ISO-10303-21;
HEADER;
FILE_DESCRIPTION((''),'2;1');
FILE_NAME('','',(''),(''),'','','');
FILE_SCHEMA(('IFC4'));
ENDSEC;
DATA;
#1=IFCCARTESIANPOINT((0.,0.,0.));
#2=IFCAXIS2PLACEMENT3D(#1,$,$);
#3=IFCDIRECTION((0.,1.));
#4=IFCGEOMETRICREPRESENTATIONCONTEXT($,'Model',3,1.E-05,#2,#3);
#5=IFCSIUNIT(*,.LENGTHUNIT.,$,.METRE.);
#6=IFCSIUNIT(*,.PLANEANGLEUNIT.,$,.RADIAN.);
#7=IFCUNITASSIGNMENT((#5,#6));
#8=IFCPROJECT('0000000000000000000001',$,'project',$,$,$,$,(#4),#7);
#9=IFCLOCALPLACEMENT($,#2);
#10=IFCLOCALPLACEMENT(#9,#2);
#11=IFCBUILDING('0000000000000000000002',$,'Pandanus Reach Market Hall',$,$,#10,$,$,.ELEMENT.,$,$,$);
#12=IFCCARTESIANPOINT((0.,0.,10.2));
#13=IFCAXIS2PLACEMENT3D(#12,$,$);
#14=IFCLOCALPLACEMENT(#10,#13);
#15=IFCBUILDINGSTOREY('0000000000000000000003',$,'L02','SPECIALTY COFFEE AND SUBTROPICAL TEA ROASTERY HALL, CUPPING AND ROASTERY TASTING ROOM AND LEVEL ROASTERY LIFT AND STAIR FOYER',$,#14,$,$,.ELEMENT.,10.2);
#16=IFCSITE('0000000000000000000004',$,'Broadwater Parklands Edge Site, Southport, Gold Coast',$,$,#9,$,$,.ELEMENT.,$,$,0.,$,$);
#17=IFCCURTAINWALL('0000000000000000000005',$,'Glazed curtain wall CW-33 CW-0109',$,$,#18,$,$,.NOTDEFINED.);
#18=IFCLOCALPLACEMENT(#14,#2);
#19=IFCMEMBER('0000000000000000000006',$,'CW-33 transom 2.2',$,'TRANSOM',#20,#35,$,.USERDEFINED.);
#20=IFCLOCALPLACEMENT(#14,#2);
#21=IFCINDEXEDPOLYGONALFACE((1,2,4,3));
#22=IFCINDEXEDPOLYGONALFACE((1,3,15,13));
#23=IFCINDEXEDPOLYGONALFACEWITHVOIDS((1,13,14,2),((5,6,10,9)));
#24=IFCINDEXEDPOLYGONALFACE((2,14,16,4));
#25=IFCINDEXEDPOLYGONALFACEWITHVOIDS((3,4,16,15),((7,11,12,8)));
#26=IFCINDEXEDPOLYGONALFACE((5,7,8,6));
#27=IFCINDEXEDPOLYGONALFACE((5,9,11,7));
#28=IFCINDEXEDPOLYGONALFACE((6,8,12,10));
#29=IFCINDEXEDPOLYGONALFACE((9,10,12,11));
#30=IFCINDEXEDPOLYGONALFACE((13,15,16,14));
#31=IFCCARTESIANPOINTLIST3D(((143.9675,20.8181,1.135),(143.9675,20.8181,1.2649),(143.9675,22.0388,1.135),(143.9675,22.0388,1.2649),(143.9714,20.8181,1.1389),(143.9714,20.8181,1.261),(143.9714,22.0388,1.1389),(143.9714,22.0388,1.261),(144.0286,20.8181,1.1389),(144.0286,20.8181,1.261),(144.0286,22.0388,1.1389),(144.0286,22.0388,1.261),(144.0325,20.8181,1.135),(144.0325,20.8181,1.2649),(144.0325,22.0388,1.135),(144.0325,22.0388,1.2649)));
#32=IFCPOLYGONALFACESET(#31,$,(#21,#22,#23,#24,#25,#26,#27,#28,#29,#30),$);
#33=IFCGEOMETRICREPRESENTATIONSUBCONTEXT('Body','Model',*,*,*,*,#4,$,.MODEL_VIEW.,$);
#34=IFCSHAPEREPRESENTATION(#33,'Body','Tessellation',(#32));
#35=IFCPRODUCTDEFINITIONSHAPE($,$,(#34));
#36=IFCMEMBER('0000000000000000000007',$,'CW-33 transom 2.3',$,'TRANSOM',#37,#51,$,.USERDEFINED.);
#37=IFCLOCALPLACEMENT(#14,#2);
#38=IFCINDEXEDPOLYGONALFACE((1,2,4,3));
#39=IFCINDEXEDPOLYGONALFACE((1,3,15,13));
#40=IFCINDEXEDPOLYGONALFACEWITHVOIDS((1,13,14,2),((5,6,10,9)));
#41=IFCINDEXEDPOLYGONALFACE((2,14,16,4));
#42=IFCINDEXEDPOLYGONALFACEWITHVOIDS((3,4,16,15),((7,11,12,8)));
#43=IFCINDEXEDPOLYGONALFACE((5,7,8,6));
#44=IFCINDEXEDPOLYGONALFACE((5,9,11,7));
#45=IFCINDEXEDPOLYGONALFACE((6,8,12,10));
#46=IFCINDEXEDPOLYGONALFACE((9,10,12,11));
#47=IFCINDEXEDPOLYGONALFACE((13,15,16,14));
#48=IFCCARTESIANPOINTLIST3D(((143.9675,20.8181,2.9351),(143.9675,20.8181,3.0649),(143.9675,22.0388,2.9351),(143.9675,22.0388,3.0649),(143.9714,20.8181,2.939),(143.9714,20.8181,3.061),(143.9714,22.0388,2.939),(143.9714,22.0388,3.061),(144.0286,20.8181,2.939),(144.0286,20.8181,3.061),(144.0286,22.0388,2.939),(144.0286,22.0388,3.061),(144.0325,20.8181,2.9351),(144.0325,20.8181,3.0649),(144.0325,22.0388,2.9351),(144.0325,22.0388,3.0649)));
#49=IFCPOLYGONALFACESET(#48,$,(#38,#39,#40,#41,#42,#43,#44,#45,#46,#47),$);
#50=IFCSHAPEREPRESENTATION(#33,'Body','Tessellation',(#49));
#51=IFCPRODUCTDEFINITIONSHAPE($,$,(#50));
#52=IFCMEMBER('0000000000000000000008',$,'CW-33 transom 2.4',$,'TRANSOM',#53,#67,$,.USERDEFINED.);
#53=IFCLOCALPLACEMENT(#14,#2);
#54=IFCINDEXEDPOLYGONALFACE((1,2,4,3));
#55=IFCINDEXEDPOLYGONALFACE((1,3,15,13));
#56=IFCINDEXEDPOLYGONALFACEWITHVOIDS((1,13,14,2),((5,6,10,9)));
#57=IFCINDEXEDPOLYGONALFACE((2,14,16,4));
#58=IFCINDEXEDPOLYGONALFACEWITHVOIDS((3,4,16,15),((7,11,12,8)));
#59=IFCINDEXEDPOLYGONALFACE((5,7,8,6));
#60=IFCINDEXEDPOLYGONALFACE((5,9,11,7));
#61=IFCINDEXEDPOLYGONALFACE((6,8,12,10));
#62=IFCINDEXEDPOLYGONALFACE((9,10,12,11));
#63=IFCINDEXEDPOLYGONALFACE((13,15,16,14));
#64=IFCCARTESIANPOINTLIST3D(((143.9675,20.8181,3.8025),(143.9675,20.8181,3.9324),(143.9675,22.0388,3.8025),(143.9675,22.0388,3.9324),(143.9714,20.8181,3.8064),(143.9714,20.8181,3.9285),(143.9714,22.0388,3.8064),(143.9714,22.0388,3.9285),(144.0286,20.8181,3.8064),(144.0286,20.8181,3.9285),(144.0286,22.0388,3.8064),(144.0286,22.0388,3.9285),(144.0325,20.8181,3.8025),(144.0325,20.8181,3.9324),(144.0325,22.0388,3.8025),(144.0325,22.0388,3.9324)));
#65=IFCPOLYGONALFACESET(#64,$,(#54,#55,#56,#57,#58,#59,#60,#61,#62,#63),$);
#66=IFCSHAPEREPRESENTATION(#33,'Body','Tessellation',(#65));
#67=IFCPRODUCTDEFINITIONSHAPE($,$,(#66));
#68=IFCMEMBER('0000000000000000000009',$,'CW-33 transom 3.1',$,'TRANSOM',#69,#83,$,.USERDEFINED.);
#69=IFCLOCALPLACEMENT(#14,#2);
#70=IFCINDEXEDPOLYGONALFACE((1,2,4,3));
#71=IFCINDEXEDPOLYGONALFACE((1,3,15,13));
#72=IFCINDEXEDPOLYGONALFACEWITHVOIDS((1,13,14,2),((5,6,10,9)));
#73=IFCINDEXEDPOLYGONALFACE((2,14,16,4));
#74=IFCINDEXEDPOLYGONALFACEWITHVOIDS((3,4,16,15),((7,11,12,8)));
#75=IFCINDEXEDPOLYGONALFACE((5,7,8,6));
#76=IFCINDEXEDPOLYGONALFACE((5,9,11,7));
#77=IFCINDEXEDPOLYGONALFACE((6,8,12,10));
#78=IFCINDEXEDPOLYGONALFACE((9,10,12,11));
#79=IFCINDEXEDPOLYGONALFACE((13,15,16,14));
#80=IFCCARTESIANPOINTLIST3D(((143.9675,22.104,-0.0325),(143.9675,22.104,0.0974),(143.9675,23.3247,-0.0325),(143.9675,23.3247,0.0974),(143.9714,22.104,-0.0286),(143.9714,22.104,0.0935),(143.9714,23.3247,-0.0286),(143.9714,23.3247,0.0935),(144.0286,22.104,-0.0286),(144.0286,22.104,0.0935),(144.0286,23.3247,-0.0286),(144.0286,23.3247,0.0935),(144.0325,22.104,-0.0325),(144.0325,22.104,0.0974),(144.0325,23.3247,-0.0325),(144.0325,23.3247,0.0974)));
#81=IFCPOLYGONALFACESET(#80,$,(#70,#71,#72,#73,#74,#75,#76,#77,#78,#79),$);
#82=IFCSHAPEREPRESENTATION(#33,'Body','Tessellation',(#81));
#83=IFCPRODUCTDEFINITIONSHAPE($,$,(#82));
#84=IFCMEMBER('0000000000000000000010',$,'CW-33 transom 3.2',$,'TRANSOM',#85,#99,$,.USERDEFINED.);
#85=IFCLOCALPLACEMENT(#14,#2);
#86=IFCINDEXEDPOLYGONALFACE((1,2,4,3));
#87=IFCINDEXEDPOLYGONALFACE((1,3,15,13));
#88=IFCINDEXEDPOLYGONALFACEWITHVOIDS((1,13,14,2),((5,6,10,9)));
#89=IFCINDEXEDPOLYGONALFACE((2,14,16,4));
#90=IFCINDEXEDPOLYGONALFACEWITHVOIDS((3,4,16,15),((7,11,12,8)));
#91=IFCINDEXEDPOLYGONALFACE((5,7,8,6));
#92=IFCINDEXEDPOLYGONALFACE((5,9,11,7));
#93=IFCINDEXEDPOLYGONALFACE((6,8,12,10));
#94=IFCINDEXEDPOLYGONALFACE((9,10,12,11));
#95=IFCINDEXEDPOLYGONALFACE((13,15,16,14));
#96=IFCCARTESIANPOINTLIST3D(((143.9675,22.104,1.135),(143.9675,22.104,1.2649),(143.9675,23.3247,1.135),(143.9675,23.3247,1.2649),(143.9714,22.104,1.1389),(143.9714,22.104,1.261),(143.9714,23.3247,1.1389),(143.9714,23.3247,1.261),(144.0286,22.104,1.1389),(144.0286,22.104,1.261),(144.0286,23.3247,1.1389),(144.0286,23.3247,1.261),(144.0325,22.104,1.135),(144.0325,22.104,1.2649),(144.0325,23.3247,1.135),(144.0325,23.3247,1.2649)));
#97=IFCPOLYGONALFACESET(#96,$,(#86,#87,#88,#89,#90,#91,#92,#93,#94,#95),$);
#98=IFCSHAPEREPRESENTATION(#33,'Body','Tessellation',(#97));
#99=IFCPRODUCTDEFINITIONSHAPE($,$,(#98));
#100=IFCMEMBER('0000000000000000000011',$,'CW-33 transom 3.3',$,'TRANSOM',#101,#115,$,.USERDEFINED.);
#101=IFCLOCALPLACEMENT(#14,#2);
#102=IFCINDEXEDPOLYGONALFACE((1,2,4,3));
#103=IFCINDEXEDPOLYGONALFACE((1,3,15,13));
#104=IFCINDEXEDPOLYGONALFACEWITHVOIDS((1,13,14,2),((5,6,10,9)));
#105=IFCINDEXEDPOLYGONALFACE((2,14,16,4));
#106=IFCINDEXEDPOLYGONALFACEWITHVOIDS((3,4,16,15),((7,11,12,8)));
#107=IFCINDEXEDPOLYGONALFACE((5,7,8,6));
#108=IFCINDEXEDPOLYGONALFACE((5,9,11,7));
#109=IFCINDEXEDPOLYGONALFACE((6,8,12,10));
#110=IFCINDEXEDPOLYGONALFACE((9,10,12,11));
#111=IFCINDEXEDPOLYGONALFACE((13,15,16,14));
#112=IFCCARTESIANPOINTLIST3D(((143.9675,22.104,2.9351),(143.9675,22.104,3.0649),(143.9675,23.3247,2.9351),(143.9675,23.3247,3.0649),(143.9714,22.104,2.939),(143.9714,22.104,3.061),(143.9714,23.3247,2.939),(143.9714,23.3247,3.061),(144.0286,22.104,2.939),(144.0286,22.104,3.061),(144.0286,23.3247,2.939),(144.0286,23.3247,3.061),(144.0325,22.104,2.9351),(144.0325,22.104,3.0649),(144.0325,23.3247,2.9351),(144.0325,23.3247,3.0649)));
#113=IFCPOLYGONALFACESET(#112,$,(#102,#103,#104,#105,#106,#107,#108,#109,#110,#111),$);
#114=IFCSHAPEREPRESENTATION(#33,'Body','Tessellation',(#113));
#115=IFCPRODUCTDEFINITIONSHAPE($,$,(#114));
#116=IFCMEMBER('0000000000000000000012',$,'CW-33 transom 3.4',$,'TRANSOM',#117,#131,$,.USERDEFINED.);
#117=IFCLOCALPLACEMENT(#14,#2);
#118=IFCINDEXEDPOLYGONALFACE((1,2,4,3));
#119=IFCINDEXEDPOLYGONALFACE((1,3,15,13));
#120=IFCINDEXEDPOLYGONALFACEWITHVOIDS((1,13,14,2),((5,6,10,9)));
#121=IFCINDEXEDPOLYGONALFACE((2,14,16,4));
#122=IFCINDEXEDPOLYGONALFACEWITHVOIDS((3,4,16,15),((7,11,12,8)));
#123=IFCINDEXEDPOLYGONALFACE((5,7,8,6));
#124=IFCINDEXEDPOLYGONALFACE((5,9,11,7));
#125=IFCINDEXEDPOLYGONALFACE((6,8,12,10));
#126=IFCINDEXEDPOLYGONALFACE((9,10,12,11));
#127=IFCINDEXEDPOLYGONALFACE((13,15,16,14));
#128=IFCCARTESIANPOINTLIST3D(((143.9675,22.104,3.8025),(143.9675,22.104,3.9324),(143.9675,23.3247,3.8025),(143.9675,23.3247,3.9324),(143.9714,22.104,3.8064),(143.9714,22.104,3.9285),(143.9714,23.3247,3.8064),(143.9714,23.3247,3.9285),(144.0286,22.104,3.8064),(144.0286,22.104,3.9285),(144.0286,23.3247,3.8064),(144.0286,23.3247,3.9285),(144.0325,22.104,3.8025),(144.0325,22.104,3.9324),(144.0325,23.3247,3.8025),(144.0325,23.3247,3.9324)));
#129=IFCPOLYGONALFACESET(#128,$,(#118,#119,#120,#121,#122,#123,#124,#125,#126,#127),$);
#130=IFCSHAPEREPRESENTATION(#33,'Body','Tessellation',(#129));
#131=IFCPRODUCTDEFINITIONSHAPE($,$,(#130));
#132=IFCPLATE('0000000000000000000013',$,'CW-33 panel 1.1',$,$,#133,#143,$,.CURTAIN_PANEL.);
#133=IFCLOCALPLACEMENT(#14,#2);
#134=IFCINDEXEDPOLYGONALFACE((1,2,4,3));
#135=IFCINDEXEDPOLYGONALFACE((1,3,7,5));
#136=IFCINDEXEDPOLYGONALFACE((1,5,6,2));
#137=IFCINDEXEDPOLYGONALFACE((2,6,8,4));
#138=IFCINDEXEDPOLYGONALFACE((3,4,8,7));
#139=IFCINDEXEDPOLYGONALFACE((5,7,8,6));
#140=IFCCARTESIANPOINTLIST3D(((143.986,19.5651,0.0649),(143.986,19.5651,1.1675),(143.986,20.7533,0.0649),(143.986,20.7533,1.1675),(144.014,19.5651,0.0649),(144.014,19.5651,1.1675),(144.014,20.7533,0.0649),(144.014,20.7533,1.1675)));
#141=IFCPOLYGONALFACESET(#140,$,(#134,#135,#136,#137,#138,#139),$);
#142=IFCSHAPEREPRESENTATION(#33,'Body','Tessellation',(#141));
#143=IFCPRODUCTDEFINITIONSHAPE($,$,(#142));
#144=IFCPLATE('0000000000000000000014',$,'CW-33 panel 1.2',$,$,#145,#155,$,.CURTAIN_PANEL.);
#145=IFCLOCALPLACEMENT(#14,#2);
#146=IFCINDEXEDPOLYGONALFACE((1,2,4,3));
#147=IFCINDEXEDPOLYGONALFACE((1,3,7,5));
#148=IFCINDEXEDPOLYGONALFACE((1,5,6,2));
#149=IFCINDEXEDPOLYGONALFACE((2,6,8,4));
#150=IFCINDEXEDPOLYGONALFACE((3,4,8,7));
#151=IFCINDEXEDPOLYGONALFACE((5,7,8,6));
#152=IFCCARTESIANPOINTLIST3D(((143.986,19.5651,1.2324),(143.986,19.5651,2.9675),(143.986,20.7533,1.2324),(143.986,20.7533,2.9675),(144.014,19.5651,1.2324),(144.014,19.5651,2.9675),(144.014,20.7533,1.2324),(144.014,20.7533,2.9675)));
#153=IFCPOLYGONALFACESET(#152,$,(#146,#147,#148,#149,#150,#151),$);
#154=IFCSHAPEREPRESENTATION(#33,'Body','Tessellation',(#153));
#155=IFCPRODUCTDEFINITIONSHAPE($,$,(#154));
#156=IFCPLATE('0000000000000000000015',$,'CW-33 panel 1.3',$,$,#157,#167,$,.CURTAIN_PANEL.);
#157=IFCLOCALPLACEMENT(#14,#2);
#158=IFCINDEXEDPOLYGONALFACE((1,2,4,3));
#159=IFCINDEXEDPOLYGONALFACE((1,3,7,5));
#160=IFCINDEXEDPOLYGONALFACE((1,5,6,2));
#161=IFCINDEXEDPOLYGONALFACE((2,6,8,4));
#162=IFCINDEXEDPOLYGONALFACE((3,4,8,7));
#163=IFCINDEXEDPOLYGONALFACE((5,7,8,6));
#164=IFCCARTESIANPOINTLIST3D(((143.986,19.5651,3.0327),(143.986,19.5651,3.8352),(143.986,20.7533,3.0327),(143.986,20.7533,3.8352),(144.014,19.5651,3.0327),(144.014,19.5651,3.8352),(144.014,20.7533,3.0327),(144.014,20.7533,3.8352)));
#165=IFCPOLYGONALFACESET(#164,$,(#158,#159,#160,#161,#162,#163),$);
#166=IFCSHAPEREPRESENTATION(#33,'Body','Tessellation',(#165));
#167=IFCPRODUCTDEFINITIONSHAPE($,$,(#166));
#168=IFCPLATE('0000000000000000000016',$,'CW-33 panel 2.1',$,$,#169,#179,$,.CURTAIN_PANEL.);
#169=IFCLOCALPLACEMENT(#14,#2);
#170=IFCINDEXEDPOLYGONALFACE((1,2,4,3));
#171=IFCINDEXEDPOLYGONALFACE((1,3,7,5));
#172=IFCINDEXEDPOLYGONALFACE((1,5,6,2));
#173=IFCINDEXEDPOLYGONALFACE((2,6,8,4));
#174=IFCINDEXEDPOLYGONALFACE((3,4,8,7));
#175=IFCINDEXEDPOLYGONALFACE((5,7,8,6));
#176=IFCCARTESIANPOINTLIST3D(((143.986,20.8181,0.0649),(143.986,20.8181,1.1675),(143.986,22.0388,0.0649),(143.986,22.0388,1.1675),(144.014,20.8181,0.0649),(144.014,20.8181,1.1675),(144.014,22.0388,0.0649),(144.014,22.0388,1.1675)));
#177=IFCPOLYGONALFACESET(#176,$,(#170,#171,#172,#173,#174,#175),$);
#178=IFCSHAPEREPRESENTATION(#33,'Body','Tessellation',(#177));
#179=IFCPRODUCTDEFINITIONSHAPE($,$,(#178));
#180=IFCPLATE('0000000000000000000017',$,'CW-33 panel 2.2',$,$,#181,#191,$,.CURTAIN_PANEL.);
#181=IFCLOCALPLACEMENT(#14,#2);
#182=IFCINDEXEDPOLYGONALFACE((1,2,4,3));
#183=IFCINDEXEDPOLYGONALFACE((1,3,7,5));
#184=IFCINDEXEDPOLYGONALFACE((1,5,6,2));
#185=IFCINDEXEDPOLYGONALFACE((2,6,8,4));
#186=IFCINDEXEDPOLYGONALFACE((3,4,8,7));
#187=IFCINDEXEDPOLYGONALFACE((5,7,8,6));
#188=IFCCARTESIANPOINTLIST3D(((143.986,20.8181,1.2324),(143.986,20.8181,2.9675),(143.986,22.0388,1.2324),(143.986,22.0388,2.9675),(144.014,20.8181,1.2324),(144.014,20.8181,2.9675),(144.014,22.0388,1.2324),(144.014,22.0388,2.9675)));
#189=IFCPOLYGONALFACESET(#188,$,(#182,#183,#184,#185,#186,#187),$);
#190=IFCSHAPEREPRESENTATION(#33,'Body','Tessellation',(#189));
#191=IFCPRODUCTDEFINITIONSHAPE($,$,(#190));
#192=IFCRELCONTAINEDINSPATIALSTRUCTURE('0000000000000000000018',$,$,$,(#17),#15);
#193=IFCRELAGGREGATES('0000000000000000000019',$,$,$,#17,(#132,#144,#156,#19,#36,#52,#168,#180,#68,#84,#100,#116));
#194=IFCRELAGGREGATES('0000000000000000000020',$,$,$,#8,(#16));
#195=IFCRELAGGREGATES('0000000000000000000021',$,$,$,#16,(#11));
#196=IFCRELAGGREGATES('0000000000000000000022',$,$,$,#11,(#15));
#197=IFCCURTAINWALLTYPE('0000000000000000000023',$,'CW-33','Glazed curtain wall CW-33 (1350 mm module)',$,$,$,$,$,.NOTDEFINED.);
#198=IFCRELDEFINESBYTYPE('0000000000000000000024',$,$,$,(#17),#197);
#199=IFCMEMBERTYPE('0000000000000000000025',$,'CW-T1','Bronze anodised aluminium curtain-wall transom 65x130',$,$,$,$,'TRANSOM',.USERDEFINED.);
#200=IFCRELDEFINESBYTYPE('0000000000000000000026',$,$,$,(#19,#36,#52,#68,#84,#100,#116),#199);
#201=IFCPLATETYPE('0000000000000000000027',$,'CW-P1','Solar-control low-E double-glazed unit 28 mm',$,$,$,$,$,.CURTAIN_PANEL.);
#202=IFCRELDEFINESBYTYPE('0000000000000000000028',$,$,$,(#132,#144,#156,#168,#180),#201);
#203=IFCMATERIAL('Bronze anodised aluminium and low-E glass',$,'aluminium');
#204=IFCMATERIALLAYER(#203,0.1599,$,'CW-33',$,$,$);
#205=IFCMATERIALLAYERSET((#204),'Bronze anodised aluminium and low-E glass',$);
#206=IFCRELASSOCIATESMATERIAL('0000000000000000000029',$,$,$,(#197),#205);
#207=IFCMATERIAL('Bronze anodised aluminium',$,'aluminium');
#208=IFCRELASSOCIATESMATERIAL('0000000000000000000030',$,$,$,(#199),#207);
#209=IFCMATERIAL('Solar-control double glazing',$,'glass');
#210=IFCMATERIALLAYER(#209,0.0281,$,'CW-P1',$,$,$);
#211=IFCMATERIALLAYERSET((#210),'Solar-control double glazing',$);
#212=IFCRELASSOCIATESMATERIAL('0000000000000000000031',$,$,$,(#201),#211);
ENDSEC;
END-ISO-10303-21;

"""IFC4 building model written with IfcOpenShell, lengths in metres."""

from ifc_helpers import new_model, si_unit, direction, frame, origin, origin_2d, place, context, subcontext, project, spatial, rectangle, hollow_rectangle, extrude, material, layer, layer_set, material_profile, profile_set, type_object, element, aggregate, save


model = new_model("IFC4")

# Units and contexts
model_context = context("Model", 3, precision=1e-05, world=origin(), true_north=direction((0.0, 1.0)))
body_context = subcontext(model_context, "Body", "Model", "MODEL_VIEW")
ifc_project = project(units=[si_unit("LENGTHUNIT", "METRE"), si_unit("PLANEANGLEUNIT", "RADIAN")], contexts=[model_context])

# Site, building, storey
site_placement = place(None, origin())
site = spatial("IfcSite", under=ifc_project, at=site_placement, Name="Broadwater Parklands Edge Site, Southport, Gold Coast", CompositionType="ELEMENT", RefElevation=0.0)
building_placement = place(site_placement, origin())
building = spatial("IfcBuilding", under=site, at=building_placement, Name="Pandanus Reach Market Hall", CompositionType="ELEMENT")
storey_placement = place(building_placement, frame((0.0, 0.0, 10.2)))
storey = spatial("IfcBuildingStorey", under=building, at=storey_placement, Name="L02", Description="SPECIALTY COFFEE AND SUBTROPICAL TEA ROASTERY HALL, CUPPING AND ROASTERY TASTING ROOM AND LEVEL ROASTERY LIFT AND STAIR FOYER", CompositionType="ELEMENT", Elevation=10.2)

# Curtain wall, members, plates
ifc_material_1 = material(Name="Bronze anodised aluminium and low-E glass", Category="aluminium")
ifc_layer_1 = layer(ifc_material_1, 0.1599, Name="CW-33")
ifc_layer_set_1 = layer_set([ifc_layer_1], Name="Bronze anodised aluminium and low-E glass")
curtain_wall_type = type_object("IfcCurtainWallType", Name="CW-33", Description="Glazed curtain wall CW-33 (1350 mm module)", PredefinedType="NOTDEFINED", material=ifc_layer_set_1)
curtain_wall_placement = place(storey_placement, origin())
curtain_wall = element("IfcCurtainWall", 1, at=curtain_wall_placement, inside=storey, type_object=curtain_wall_type, Name="Glazed curtain wall CW-33 CW-0109", PredefinedType="NOTDEFINED")
ifc_material_2 = material(Name="Bronze anodised aluminium", Category="aluminium")
ifc_material_profile_1 = material_profile(ifc_material_2, hollow_rectangle(XDim=0.0649, YDim=0.1299, WallThickness=0.0039, at=origin_2d()), Name="ALU65x130", Category="LoadBearing")
ifc_profile_set_1 = profile_set([ifc_material_profile_1], Name="Bronze anodised aluminium")
member_type_1 = type_object("IfcMemberType", Name="CW-T1", Description="Bronze anodised aluminium curtain-wall transom 65x130", ElementType="TRANSOM", PredefinedType="USERDEFINED", material=ifc_profile_set_1)
member_1_placement = place(storey_placement, frame((144.0, 20.8181, 1.2), z_axis=(0.0, 1.0, 0.0), x_axis=(-1.0, 0.0, 0.0)))
member_1 = element("IfcMember", 2, at=member_1_placement, type_object=member_type_1, Name="CW-33 transom 2.2", ObjectType="TRANSOM", PredefinedType="USERDEFINED", context=body_context, shape_type="SweptSolid", body=[
    extrude(hollow_rectangle(XDim=0.0649, YDim=0.1299, WallThickness=0.0039, at=origin_2d()), origin(), (0.0, 0.0, 1.0), 1.2207),
])
member_2_placement = place(storey_placement, frame((144.0, 20.8181, 3.0), z_axis=(0.0, 1.0, 0.0), x_axis=(-1.0, 0.0, 0.0)))
member_2 = element("IfcMember", 3, at=member_2_placement, type_object=member_type_1, Name="CW-33 transom 2.3", ObjectType="TRANSOM", PredefinedType="USERDEFINED", context=body_context, shape_type="SweptSolid", body=[
    extrude(hollow_rectangle(XDim=0.0649, YDim=0.1299, WallThickness=0.0039, at=origin_2d()), origin(), (0.0, 0.0, 1.0), 1.2207),
])
member_3_placement = place(storey_placement, frame((144.0, 20.8181, 3.8674), z_axis=(0.0, 1.0, 0.0), x_axis=(-1.0, 0.0, 0.0)))
member_3 = element("IfcMember", 4, at=member_3_placement, type_object=member_type_1, Name="CW-33 transom 2.4", ObjectType="TRANSOM", PredefinedType="USERDEFINED", context=body_context, shape_type="SweptSolid", body=[
    extrude(hollow_rectangle(XDim=0.0649, YDim=0.1299, WallThickness=0.0039, at=origin_2d()), origin(), (0.0, 0.0, 1.0), 1.2207),
])
member_4_placement = place(storey_placement, frame((144.0, 22.104, 0.0325), z_axis=(0.0, 1.0, 0.0), x_axis=(-1.0, 0.0, 0.0)))
member_4 = element("IfcMember", 5, at=member_4_placement, type_object=member_type_1, Name="CW-33 transom 3.1", ObjectType="TRANSOM", PredefinedType="USERDEFINED", context=body_context, shape_type="SweptSolid", body=[
    extrude(hollow_rectangle(XDim=0.0649, YDim=0.1299, WallThickness=0.0039, at=origin_2d()), origin(), (0.0, 0.0, 1.0), 1.2207),
])
member_5_placement = place(storey_placement, frame((144.0, 22.104, 1.2), z_axis=(0.0, 1.0, 0.0), x_axis=(-1.0, 0.0, 0.0)))
member_5 = element("IfcMember", 6, at=member_5_placement, type_object=member_type_1, Name="CW-33 transom 3.2", ObjectType="TRANSOM", PredefinedType="USERDEFINED", context=body_context, shape_type="SweptSolid", body=[
    extrude(hollow_rectangle(XDim=0.0649, YDim=0.1299, WallThickness=0.0039, at=origin_2d()), origin(), (0.0, 0.0, 1.0), 1.2207),
])
member_6_placement = place(storey_placement, frame((144.0, 22.104, 3.0), z_axis=(0.0, 1.0, 0.0), x_axis=(-1.0, 0.0, 0.0)))
member_6 = element("IfcMember", 7, at=member_6_placement, type_object=member_type_1, Name="CW-33 transom 3.3", ObjectType="TRANSOM", PredefinedType="USERDEFINED", context=body_context, shape_type="SweptSolid", body=[
    extrude(hollow_rectangle(XDim=0.0649, YDim=0.1299, WallThickness=0.0039, at=origin_2d()), origin(), (0.0, 0.0, 1.0), 1.2207),
])
member_7_placement = place(storey_placement, frame((144.0, 22.104, 3.8674), z_axis=(0.0, 1.0, 0.0), x_axis=(-1.0, 0.0, 0.0)))
member_7 = element("IfcMember", 8, at=member_7_placement, type_object=member_type_1, Name="CW-33 transom 3.4", ObjectType="TRANSOM", PredefinedType="USERDEFINED", context=body_context, shape_type="SweptSolid", body=[
    extrude(hollow_rectangle(XDim=0.0649, YDim=0.1299, WallThickness=0.0039, at=origin_2d()), origin(), (0.0, 0.0, 1.0), 1.2207),
])
ifc_material_3 = material(Name="Solar-control double glazing", Category="glass")
ifc_layer_2 = layer(ifc_material_3, 0.0281, Name="CW-P1")
ifc_layer_set_2 = layer_set([ifc_layer_2], Name="Solar-control double glazing")
plate_type = type_object("IfcPlateType", Name="CW-P1", Description="Solar-control low-E double-glazed unit 28 mm", PredefinedType="CURTAIN_PANEL", material=ifc_layer_set_2)
plate_1_placement = place(storey_placement, frame((144.0, 20.1592, 0.0649), z_axis=(0.0, 0.0, 1.0), x_axis=(0.0, 1.0, 0.0)))
plate_1 = element("IfcPlate", 9, at=plate_1_placement, type_object=plate_type, Name="CW-33 panel 1.1", PredefinedType="CURTAIN_PANEL", context=body_context, shape_type="SweptSolid", body=[
    extrude(rectangle(XDim=1.1882, YDim=0.0281, at=origin_2d()), origin(), (0.0, 0.0, 1.0), 1.1025),
])
plate_2_placement = place(storey_placement, frame((144.0, 20.1592, 1.2324), z_axis=(0.0, 0.0, 1.0), x_axis=(0.0, 1.0, 0.0)))
plate_2 = element("IfcPlate", 10, at=plate_2_placement, type_object=plate_type, Name="CW-33 panel 1.2", PredefinedType="CURTAIN_PANEL", context=body_context, shape_type="SweptSolid", body=[
    extrude(rectangle(XDim=1.1882, YDim=0.0281, at=origin_2d()), origin(), (0.0, 0.0, 1.0), 1.7351),
])
plate_3_placement = place(storey_placement, frame((144.0, 20.1592, 3.0327), z_axis=(0.0, 0.0, 1.0), x_axis=(0.0, 1.0, 0.0)))
plate_3 = element("IfcPlate", 11, at=plate_3_placement, type_object=plate_type, Name="CW-33 panel 1.3", PredefinedType="CURTAIN_PANEL", context=body_context, shape_type="SweptSolid", body=[
    extrude(rectangle(XDim=1.1882, YDim=0.0281, at=origin_2d()), origin(), (0.0, 0.0, 1.0), 0.8025),
])
plate_4_placement = place(storey_placement, frame((144.0, 21.4285, 0.0649), z_axis=(0.0, 0.0, 1.0), x_axis=(0.0, 1.0, 0.0)))
plate_4 = element("IfcPlate", 12, at=plate_4_placement, type_object=plate_type, Name="CW-33 panel 2.1", PredefinedType="CURTAIN_PANEL", context=body_context, shape_type="SweptSolid", body=[
    extrude(rectangle(XDim=1.2207, YDim=0.0281, at=origin_2d()), origin(), (0.0, 0.0, 1.0), 1.1025),
])
plate_5_placement = place(storey_placement, frame((144.0, 21.4285, 1.2324), z_axis=(0.0, 0.0, 1.0), x_axis=(0.0, 1.0, 0.0)))
plate_5 = element("IfcPlate", 13, at=plate_5_placement, type_object=plate_type, Name="CW-33 panel 2.2", PredefinedType="CURTAIN_PANEL", context=body_context, shape_type="SweptSolid", body=[
    extrude(rectangle(XDim=1.2207, YDim=0.0281, at=origin_2d()), origin(), (0.0, 0.0, 1.0), 1.7351),
])
aggregate(curtain_wall, [plate_1, plate_2, plate_3, member_1, member_2, member_3, plate_4, plate_5, member_4, member_5, member_6, member_7])

save(model, "model.ifc")
